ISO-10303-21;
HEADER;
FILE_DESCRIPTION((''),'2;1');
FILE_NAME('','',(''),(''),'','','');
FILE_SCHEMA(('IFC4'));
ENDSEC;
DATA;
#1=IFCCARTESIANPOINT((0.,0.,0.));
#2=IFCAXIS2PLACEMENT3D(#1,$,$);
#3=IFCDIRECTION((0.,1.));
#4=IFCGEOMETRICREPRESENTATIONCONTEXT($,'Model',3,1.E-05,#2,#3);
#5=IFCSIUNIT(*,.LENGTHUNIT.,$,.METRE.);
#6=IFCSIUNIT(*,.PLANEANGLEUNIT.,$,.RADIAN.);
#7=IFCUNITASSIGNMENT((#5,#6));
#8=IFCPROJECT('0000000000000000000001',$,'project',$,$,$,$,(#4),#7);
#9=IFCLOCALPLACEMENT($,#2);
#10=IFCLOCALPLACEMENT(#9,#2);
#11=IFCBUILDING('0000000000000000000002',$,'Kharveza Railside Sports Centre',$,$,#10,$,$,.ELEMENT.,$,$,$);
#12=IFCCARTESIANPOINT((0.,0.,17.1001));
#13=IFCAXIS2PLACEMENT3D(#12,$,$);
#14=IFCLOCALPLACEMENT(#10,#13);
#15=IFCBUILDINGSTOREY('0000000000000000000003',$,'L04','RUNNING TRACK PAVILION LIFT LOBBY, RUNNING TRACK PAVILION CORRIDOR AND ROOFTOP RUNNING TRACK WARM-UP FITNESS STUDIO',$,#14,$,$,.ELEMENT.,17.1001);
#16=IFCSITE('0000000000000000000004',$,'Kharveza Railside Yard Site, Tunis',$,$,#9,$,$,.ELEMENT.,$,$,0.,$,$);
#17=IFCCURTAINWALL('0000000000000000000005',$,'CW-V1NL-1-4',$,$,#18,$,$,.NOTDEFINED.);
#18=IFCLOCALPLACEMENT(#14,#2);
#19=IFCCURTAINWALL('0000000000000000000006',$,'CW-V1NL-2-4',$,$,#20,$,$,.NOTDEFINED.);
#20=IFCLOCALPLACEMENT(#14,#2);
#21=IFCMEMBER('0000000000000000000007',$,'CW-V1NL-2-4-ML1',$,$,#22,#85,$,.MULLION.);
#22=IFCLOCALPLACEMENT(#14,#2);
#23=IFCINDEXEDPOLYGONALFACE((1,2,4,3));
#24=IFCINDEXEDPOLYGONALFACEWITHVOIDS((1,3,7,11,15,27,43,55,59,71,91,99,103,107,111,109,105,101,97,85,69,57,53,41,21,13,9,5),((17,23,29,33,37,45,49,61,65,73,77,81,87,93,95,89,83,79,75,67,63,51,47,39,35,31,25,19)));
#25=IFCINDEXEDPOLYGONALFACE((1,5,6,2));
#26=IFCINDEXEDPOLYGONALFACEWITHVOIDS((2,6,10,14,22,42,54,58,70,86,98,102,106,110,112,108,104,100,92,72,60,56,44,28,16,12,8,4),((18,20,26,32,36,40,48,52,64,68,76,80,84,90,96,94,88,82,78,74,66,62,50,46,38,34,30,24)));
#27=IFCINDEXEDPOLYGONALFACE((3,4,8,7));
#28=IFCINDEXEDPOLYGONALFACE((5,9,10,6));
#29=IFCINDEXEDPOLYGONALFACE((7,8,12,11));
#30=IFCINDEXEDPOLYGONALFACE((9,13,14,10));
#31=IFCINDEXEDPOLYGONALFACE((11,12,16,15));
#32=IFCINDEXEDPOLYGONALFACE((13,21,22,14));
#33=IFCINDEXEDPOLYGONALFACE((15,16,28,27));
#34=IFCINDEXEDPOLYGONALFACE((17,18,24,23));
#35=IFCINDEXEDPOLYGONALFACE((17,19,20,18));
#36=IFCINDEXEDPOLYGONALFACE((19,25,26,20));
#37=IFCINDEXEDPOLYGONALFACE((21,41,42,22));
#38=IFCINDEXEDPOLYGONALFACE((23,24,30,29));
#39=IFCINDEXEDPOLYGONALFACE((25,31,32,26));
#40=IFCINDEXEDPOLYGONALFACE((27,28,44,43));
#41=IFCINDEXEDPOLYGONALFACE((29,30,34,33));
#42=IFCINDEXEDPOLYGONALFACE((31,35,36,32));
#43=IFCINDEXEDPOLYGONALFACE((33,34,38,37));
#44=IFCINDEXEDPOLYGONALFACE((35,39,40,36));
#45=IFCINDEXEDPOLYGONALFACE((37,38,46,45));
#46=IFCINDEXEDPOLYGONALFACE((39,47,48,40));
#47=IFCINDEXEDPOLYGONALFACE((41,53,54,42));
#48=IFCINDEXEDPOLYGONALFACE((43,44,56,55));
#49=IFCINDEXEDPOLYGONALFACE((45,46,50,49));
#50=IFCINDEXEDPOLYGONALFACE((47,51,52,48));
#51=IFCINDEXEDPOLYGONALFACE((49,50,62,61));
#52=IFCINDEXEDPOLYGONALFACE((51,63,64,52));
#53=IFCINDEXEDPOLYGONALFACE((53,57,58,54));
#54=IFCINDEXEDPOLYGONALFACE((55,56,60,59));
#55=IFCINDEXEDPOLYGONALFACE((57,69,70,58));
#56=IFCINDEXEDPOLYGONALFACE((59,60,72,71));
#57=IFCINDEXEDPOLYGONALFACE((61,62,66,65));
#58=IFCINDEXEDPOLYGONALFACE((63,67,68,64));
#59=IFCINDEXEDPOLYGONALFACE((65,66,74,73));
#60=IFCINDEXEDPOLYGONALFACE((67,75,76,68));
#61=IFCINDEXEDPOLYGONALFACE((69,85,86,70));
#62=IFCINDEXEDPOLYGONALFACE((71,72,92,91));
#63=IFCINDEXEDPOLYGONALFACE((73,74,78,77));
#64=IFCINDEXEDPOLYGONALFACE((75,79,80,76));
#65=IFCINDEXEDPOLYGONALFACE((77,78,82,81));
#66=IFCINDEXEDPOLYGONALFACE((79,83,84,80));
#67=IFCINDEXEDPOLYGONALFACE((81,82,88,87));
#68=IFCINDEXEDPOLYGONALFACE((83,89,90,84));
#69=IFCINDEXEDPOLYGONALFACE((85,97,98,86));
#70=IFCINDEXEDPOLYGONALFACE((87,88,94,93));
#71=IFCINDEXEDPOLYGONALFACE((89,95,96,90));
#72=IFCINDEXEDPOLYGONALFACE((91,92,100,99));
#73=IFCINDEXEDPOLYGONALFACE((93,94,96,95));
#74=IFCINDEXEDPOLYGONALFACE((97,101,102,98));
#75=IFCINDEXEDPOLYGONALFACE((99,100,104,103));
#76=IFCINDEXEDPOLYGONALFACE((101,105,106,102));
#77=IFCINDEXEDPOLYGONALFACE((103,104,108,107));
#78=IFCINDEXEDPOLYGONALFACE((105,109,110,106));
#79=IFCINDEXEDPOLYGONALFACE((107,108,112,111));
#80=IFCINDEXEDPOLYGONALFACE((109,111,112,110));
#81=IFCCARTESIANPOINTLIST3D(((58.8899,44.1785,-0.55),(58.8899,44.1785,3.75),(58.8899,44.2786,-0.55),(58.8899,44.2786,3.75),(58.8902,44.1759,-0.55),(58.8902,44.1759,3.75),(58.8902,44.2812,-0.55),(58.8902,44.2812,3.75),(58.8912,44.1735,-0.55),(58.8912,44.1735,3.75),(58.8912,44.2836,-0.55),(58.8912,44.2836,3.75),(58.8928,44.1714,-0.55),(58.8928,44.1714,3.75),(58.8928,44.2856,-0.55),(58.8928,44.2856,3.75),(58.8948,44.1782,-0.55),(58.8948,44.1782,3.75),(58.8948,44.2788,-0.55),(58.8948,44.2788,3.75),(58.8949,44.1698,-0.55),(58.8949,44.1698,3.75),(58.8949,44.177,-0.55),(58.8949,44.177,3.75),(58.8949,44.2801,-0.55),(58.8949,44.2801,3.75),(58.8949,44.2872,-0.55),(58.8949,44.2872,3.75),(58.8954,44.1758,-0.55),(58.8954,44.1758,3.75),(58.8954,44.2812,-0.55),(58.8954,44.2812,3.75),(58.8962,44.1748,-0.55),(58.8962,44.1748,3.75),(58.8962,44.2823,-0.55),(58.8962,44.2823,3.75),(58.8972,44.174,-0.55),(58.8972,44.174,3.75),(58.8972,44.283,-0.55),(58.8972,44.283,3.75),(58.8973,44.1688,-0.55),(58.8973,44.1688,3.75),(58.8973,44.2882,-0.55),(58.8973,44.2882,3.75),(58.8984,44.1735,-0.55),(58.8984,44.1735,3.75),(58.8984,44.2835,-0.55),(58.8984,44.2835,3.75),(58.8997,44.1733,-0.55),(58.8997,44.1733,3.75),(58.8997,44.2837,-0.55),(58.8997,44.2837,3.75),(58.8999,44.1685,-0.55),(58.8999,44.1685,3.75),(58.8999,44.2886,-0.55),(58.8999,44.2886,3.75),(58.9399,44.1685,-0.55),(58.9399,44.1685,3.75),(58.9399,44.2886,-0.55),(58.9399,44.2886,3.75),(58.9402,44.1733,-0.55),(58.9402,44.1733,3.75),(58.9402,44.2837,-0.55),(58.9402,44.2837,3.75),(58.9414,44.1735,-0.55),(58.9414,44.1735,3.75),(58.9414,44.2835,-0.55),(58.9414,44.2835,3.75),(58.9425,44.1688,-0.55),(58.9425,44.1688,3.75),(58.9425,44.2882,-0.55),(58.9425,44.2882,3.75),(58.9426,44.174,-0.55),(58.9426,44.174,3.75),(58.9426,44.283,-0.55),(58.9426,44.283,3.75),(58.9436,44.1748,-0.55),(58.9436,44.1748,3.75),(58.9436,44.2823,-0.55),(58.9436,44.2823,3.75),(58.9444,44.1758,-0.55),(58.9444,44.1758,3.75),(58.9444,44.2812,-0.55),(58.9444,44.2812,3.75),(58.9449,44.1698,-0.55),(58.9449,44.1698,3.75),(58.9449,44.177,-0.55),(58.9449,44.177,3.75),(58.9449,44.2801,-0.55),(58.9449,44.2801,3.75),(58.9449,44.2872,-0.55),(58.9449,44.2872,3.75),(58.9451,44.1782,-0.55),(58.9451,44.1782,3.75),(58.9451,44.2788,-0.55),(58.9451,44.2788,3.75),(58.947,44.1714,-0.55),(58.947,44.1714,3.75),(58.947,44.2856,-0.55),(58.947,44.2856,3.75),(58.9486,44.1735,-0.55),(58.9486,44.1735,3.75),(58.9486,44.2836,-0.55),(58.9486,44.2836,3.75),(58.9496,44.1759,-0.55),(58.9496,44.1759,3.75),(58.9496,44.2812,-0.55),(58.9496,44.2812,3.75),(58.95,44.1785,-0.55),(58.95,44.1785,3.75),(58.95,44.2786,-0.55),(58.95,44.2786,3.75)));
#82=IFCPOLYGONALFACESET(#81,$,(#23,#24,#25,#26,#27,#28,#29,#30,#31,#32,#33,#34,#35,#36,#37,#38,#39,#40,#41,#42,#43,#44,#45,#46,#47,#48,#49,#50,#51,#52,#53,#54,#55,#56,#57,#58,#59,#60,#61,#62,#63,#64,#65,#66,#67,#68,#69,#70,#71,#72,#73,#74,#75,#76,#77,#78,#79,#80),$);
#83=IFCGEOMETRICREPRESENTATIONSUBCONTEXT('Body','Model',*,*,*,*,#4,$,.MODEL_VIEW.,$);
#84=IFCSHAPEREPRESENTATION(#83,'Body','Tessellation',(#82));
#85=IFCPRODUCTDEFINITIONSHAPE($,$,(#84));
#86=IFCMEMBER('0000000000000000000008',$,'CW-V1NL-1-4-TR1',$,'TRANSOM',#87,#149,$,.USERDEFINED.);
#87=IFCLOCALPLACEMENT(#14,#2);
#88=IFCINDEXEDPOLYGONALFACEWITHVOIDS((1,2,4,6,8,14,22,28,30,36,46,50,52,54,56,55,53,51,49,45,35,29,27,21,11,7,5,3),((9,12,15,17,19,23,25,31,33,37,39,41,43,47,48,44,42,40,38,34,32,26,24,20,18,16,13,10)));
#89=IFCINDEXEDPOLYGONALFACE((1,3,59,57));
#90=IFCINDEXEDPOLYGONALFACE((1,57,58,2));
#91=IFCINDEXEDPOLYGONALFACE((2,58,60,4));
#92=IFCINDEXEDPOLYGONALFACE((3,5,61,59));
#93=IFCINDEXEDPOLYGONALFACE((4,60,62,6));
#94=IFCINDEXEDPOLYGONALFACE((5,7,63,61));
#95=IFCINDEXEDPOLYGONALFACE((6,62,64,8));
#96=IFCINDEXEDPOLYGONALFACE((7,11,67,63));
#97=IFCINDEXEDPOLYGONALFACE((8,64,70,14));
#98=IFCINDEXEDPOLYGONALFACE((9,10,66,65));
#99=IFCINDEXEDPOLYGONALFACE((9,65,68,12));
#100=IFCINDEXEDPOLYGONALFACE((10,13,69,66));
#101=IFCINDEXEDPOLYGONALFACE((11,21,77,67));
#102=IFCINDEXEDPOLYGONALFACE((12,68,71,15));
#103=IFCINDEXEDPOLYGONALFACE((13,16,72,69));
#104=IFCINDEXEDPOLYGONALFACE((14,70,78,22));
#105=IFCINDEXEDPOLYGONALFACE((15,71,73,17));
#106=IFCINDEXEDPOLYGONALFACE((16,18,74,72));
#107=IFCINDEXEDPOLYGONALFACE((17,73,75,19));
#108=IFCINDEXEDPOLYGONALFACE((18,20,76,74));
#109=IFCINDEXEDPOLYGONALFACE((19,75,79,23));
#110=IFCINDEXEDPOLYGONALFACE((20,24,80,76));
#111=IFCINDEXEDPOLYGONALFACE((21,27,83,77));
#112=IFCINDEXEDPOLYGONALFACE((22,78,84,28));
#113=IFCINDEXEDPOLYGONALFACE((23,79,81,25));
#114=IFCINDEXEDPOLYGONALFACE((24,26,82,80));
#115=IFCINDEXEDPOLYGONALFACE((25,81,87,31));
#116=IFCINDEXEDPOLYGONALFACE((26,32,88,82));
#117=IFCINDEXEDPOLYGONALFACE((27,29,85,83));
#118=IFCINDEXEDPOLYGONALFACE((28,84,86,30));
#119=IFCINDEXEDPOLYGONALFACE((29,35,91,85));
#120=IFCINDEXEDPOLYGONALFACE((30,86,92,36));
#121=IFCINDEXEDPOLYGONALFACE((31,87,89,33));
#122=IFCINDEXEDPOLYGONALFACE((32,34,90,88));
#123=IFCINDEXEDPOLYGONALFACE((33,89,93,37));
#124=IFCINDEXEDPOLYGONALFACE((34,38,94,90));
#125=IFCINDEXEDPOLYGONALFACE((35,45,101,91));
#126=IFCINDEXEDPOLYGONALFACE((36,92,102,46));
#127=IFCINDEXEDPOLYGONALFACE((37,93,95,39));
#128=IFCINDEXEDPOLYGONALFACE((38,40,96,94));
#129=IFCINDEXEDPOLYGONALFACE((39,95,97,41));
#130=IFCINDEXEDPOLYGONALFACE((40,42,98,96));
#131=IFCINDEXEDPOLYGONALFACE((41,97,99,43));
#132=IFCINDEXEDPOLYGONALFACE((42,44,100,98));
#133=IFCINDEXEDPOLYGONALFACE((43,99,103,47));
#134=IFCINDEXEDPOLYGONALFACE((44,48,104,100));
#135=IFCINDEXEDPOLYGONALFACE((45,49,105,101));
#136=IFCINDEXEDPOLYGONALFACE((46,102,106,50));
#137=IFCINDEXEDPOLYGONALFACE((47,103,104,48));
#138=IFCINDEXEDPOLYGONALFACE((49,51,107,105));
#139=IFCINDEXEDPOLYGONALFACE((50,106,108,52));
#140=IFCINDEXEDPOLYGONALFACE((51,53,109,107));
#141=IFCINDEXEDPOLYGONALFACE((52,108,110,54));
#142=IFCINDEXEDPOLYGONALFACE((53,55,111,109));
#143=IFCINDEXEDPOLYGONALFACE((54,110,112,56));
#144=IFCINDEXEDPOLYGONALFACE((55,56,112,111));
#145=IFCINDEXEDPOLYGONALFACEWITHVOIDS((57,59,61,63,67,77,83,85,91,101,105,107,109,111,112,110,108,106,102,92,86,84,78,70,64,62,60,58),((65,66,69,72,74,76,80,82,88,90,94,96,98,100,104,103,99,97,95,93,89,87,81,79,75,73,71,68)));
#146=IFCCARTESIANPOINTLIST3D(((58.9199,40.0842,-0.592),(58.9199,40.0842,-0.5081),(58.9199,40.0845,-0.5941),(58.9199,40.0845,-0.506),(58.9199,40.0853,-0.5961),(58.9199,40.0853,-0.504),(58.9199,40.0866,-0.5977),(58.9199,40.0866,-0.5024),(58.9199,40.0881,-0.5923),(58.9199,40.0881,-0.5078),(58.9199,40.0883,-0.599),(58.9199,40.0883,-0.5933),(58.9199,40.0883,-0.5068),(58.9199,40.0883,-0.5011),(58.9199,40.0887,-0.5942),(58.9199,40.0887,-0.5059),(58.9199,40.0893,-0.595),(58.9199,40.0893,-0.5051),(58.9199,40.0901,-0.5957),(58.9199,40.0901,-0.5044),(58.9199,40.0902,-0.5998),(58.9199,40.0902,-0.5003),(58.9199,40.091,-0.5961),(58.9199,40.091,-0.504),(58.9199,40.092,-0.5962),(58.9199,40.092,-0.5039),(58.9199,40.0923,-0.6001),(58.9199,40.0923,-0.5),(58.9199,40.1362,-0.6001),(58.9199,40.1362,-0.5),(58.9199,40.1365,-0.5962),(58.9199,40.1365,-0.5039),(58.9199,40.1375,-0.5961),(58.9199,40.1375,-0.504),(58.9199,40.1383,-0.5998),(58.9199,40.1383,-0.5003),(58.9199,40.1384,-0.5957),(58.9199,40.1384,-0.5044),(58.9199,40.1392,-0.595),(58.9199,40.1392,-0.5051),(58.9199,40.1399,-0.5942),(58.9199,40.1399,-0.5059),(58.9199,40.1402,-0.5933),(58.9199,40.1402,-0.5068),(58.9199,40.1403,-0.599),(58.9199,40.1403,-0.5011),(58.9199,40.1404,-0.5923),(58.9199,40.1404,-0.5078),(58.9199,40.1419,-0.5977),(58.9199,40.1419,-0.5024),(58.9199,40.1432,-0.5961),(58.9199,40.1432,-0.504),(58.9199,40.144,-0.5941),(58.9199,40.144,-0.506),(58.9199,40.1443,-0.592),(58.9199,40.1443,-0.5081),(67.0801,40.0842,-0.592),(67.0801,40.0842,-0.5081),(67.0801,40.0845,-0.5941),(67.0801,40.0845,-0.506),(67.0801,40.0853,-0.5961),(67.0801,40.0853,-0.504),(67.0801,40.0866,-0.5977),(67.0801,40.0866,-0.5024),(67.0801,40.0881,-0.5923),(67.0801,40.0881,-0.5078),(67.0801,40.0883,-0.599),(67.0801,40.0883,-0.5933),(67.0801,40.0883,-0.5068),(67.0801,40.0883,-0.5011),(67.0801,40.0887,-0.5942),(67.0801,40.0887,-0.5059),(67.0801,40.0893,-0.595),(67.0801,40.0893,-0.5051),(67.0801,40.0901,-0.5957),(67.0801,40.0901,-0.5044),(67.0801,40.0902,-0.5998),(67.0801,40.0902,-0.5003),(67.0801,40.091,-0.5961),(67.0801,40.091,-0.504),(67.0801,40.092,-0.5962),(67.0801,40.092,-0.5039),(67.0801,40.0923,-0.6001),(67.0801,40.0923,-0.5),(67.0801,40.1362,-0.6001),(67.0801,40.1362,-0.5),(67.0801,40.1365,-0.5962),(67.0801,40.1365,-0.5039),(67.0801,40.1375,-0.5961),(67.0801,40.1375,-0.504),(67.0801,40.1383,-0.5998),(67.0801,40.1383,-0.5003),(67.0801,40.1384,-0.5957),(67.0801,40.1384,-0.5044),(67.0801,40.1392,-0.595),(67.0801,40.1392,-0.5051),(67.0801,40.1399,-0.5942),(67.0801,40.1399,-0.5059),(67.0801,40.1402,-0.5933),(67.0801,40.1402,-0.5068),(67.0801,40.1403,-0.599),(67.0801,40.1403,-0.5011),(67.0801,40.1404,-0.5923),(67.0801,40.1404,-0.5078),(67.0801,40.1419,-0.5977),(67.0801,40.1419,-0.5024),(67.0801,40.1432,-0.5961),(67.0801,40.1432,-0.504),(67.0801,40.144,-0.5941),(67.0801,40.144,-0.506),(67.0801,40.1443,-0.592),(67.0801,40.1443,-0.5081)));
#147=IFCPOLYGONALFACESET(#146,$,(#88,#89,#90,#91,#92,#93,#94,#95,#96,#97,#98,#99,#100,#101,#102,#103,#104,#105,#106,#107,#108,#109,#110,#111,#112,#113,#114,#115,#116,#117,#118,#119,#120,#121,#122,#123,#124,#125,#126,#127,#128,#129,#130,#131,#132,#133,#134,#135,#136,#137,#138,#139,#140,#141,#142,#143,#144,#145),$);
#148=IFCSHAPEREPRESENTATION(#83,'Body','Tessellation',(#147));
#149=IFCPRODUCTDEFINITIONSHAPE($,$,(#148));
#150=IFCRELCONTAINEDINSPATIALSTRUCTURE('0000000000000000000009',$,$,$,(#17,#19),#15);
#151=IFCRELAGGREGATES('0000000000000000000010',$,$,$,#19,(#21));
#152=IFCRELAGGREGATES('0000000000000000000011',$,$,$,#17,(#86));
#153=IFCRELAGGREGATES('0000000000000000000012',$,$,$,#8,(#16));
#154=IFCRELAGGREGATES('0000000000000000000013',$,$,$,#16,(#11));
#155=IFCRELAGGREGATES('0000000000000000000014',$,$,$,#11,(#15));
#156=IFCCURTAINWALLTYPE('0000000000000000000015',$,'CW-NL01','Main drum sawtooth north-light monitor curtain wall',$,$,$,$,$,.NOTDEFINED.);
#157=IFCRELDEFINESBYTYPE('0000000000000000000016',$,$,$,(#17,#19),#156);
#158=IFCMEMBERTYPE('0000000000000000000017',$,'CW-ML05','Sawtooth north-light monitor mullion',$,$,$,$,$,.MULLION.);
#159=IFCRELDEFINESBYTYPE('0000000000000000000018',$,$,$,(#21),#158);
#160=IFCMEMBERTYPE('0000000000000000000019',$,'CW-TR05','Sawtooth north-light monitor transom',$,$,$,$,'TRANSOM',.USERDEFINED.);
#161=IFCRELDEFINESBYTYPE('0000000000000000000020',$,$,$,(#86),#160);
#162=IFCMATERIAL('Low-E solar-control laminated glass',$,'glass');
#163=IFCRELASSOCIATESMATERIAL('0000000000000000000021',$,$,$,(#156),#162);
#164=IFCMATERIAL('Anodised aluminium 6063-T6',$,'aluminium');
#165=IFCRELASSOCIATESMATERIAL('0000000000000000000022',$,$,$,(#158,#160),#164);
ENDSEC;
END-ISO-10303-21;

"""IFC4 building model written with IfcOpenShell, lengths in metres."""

from ifc_helpers import new_model, si_unit, direction, frame, origin, origin_2d, place, context, subcontext, project, spatial, hollow_rectangle, extrude, material, material_profile, profile_set, type_object, element, aggregate, save


model = new_model("IFC4")

# Units and contexts
model_context = context("Model", 3, precision=1e-05, world=origin(), true_north=direction((0.0, 1.0)))
body_context = subcontext(model_context, "Body", "Model", "MODEL_VIEW")
ifc_project = project(units=[si_unit("LENGTHUNIT", "METRE"), si_unit("PLANEANGLEUNIT", "RADIAN")], contexts=[model_context])

# Site, building, storey
site_placement = place(None, origin())
site = spatial("IfcSite", under=ifc_project, at=site_placement, Name="Kharveza Railside Yard Site, Tunis", CompositionType="ELEMENT", RefElevation=0.0)
building_placement = place(site_placement, origin())
building = spatial("IfcBuilding", under=site, at=building_placement, Name="Kharveza Railside Sports Centre", CompositionType="ELEMENT")
storey_placement = place(building_placement, frame((0.0, 0.0, 17.1001)))
storey = spatial("IfcBuildingStorey", under=building, at=storey_placement, Name="L04", Description="RUNNING TRACK PAVILION LIFT LOBBY, RUNNING TRACK PAVILION CORRIDOR AND ROOFTOP RUNNING TRACK WARM-UP FITNESS STUDIO", CompositionType="ELEMENT", Elevation=17.1001)

# Curtain wall
ifc_material_1 = material(Name="Low-E solar-control laminated glass", Category="glass")
curtain_wall_type = type_object("IfcCurtainWallType", Name="CW-NL01", Description="Main drum sawtooth north-light monitor curtain wall", PredefinedType="NOTDEFINED", material=ifc_material_1)
curtain_wall_1_placement = place(storey_placement, origin())
curtain_wall_1 = element("IfcCurtainWall", 1, at=curtain_wall_1_placement, inside=storey, type_object=curtain_wall_type, Name="CW-V1NL-1-4", PredefinedType="NOTDEFINED")
ifc_material_2 = material(Name="Anodised aluminium 6063-T6", Category="aluminium")
ifc_material_profile_1 = material_profile(ifc_material_2, hollow_rectangle(XDim=0.0601, YDim=0.1201, WallThickness=0.0049, InnerFilletRadius=0.0049, OuterFilletRadius=0.01, at=origin_2d()), Name="RHS 60x120x5.0")
ifc_profile_set_1 = profile_set([ifc_material_profile_1], Name="Anodised aluminium 6063-T6")
member_type_1 = type_object("IfcMemberType", Name="CW-ML05", Description="Sawtooth north-light monitor mullion", PredefinedType="MULLION", material=ifc_profile_set_1)

# Curtain wall, member
curtain_wall_2_placement = place(storey_placement, origin())
curtain_wall_2 = element("IfcCurtainWall", 2, at=curtain_wall_2_placement, inside=storey, type_object=curtain_wall_type, Name="CW-V1NL-2-4", PredefinedType="NOTDEFINED")
member_1_placement = place(storey_placement, frame((58.9199, 44.2285, -0.55), z_axis=(0.0, 0.0, 1.0), x_axis=(1.0, 0.0, 0.0)))
member_1 = element("IfcMember", 3, at=member_1_placement, type_object=member_type_1, Name="CW-V1NL-2-4-ML1", PredefinedType="MULLION", context=body_context, shape_type="SweptSolid", body=[
    extrude(hollow_rectangle(XDim=0.0601, YDim=0.1201, WallThickness=0.0049, InnerFilletRadius=0.0049, OuterFilletRadius=0.01, at=origin_2d()), origin(), (0.0, 0.0, 1.0), 4.3),
])

# Member
ifc_material_profile_2 = material_profile(ifc_material_2, hollow_rectangle(XDim=0.0601, YDim=0.1001, WallThickness=0.0039, InnerFilletRadius=0.0039, OuterFilletRadius=0.0081, at=origin_2d()), Name="RHS 60x100x4.0")
ifc_profile_set_2 = profile_set([ifc_material_profile_2], Name="Anodised aluminium 6063-T6")
member_type_2 = type_object("IfcMemberType", Name="CW-TR05", Description="Sawtooth north-light monitor transom", ElementType="TRANSOM", PredefinedType="USERDEFINED", material=ifc_profile_set_2)
member_2_placement = place(storey_placement, frame((58.9199, 40.1143, -0.55), z_axis=(1.0, 0.0, 0.0), x_axis=(0.0, 1.0, 0.0)))
member_2 = element("IfcMember", 4, at=member_2_placement, type_object=member_type_2, Name="CW-V1NL-1-4-TR1", ObjectType="TRANSOM", PredefinedType="USERDEFINED", context=body_context, shape_type="SweptSolid", body=[
    extrude(hollow_rectangle(XDim=0.0601, YDim=0.1001, WallThickness=0.0039, InnerFilletRadius=0.0039, OuterFilletRadius=0.0081, at=origin_2d()), origin(), (0.0, 0.0, 1.0), 8.1602),
])
aggregate(curtain_wall_2, [member_1])

aggregate(curtain_wall_1, [member_2])

save(model, "model.ifc")
